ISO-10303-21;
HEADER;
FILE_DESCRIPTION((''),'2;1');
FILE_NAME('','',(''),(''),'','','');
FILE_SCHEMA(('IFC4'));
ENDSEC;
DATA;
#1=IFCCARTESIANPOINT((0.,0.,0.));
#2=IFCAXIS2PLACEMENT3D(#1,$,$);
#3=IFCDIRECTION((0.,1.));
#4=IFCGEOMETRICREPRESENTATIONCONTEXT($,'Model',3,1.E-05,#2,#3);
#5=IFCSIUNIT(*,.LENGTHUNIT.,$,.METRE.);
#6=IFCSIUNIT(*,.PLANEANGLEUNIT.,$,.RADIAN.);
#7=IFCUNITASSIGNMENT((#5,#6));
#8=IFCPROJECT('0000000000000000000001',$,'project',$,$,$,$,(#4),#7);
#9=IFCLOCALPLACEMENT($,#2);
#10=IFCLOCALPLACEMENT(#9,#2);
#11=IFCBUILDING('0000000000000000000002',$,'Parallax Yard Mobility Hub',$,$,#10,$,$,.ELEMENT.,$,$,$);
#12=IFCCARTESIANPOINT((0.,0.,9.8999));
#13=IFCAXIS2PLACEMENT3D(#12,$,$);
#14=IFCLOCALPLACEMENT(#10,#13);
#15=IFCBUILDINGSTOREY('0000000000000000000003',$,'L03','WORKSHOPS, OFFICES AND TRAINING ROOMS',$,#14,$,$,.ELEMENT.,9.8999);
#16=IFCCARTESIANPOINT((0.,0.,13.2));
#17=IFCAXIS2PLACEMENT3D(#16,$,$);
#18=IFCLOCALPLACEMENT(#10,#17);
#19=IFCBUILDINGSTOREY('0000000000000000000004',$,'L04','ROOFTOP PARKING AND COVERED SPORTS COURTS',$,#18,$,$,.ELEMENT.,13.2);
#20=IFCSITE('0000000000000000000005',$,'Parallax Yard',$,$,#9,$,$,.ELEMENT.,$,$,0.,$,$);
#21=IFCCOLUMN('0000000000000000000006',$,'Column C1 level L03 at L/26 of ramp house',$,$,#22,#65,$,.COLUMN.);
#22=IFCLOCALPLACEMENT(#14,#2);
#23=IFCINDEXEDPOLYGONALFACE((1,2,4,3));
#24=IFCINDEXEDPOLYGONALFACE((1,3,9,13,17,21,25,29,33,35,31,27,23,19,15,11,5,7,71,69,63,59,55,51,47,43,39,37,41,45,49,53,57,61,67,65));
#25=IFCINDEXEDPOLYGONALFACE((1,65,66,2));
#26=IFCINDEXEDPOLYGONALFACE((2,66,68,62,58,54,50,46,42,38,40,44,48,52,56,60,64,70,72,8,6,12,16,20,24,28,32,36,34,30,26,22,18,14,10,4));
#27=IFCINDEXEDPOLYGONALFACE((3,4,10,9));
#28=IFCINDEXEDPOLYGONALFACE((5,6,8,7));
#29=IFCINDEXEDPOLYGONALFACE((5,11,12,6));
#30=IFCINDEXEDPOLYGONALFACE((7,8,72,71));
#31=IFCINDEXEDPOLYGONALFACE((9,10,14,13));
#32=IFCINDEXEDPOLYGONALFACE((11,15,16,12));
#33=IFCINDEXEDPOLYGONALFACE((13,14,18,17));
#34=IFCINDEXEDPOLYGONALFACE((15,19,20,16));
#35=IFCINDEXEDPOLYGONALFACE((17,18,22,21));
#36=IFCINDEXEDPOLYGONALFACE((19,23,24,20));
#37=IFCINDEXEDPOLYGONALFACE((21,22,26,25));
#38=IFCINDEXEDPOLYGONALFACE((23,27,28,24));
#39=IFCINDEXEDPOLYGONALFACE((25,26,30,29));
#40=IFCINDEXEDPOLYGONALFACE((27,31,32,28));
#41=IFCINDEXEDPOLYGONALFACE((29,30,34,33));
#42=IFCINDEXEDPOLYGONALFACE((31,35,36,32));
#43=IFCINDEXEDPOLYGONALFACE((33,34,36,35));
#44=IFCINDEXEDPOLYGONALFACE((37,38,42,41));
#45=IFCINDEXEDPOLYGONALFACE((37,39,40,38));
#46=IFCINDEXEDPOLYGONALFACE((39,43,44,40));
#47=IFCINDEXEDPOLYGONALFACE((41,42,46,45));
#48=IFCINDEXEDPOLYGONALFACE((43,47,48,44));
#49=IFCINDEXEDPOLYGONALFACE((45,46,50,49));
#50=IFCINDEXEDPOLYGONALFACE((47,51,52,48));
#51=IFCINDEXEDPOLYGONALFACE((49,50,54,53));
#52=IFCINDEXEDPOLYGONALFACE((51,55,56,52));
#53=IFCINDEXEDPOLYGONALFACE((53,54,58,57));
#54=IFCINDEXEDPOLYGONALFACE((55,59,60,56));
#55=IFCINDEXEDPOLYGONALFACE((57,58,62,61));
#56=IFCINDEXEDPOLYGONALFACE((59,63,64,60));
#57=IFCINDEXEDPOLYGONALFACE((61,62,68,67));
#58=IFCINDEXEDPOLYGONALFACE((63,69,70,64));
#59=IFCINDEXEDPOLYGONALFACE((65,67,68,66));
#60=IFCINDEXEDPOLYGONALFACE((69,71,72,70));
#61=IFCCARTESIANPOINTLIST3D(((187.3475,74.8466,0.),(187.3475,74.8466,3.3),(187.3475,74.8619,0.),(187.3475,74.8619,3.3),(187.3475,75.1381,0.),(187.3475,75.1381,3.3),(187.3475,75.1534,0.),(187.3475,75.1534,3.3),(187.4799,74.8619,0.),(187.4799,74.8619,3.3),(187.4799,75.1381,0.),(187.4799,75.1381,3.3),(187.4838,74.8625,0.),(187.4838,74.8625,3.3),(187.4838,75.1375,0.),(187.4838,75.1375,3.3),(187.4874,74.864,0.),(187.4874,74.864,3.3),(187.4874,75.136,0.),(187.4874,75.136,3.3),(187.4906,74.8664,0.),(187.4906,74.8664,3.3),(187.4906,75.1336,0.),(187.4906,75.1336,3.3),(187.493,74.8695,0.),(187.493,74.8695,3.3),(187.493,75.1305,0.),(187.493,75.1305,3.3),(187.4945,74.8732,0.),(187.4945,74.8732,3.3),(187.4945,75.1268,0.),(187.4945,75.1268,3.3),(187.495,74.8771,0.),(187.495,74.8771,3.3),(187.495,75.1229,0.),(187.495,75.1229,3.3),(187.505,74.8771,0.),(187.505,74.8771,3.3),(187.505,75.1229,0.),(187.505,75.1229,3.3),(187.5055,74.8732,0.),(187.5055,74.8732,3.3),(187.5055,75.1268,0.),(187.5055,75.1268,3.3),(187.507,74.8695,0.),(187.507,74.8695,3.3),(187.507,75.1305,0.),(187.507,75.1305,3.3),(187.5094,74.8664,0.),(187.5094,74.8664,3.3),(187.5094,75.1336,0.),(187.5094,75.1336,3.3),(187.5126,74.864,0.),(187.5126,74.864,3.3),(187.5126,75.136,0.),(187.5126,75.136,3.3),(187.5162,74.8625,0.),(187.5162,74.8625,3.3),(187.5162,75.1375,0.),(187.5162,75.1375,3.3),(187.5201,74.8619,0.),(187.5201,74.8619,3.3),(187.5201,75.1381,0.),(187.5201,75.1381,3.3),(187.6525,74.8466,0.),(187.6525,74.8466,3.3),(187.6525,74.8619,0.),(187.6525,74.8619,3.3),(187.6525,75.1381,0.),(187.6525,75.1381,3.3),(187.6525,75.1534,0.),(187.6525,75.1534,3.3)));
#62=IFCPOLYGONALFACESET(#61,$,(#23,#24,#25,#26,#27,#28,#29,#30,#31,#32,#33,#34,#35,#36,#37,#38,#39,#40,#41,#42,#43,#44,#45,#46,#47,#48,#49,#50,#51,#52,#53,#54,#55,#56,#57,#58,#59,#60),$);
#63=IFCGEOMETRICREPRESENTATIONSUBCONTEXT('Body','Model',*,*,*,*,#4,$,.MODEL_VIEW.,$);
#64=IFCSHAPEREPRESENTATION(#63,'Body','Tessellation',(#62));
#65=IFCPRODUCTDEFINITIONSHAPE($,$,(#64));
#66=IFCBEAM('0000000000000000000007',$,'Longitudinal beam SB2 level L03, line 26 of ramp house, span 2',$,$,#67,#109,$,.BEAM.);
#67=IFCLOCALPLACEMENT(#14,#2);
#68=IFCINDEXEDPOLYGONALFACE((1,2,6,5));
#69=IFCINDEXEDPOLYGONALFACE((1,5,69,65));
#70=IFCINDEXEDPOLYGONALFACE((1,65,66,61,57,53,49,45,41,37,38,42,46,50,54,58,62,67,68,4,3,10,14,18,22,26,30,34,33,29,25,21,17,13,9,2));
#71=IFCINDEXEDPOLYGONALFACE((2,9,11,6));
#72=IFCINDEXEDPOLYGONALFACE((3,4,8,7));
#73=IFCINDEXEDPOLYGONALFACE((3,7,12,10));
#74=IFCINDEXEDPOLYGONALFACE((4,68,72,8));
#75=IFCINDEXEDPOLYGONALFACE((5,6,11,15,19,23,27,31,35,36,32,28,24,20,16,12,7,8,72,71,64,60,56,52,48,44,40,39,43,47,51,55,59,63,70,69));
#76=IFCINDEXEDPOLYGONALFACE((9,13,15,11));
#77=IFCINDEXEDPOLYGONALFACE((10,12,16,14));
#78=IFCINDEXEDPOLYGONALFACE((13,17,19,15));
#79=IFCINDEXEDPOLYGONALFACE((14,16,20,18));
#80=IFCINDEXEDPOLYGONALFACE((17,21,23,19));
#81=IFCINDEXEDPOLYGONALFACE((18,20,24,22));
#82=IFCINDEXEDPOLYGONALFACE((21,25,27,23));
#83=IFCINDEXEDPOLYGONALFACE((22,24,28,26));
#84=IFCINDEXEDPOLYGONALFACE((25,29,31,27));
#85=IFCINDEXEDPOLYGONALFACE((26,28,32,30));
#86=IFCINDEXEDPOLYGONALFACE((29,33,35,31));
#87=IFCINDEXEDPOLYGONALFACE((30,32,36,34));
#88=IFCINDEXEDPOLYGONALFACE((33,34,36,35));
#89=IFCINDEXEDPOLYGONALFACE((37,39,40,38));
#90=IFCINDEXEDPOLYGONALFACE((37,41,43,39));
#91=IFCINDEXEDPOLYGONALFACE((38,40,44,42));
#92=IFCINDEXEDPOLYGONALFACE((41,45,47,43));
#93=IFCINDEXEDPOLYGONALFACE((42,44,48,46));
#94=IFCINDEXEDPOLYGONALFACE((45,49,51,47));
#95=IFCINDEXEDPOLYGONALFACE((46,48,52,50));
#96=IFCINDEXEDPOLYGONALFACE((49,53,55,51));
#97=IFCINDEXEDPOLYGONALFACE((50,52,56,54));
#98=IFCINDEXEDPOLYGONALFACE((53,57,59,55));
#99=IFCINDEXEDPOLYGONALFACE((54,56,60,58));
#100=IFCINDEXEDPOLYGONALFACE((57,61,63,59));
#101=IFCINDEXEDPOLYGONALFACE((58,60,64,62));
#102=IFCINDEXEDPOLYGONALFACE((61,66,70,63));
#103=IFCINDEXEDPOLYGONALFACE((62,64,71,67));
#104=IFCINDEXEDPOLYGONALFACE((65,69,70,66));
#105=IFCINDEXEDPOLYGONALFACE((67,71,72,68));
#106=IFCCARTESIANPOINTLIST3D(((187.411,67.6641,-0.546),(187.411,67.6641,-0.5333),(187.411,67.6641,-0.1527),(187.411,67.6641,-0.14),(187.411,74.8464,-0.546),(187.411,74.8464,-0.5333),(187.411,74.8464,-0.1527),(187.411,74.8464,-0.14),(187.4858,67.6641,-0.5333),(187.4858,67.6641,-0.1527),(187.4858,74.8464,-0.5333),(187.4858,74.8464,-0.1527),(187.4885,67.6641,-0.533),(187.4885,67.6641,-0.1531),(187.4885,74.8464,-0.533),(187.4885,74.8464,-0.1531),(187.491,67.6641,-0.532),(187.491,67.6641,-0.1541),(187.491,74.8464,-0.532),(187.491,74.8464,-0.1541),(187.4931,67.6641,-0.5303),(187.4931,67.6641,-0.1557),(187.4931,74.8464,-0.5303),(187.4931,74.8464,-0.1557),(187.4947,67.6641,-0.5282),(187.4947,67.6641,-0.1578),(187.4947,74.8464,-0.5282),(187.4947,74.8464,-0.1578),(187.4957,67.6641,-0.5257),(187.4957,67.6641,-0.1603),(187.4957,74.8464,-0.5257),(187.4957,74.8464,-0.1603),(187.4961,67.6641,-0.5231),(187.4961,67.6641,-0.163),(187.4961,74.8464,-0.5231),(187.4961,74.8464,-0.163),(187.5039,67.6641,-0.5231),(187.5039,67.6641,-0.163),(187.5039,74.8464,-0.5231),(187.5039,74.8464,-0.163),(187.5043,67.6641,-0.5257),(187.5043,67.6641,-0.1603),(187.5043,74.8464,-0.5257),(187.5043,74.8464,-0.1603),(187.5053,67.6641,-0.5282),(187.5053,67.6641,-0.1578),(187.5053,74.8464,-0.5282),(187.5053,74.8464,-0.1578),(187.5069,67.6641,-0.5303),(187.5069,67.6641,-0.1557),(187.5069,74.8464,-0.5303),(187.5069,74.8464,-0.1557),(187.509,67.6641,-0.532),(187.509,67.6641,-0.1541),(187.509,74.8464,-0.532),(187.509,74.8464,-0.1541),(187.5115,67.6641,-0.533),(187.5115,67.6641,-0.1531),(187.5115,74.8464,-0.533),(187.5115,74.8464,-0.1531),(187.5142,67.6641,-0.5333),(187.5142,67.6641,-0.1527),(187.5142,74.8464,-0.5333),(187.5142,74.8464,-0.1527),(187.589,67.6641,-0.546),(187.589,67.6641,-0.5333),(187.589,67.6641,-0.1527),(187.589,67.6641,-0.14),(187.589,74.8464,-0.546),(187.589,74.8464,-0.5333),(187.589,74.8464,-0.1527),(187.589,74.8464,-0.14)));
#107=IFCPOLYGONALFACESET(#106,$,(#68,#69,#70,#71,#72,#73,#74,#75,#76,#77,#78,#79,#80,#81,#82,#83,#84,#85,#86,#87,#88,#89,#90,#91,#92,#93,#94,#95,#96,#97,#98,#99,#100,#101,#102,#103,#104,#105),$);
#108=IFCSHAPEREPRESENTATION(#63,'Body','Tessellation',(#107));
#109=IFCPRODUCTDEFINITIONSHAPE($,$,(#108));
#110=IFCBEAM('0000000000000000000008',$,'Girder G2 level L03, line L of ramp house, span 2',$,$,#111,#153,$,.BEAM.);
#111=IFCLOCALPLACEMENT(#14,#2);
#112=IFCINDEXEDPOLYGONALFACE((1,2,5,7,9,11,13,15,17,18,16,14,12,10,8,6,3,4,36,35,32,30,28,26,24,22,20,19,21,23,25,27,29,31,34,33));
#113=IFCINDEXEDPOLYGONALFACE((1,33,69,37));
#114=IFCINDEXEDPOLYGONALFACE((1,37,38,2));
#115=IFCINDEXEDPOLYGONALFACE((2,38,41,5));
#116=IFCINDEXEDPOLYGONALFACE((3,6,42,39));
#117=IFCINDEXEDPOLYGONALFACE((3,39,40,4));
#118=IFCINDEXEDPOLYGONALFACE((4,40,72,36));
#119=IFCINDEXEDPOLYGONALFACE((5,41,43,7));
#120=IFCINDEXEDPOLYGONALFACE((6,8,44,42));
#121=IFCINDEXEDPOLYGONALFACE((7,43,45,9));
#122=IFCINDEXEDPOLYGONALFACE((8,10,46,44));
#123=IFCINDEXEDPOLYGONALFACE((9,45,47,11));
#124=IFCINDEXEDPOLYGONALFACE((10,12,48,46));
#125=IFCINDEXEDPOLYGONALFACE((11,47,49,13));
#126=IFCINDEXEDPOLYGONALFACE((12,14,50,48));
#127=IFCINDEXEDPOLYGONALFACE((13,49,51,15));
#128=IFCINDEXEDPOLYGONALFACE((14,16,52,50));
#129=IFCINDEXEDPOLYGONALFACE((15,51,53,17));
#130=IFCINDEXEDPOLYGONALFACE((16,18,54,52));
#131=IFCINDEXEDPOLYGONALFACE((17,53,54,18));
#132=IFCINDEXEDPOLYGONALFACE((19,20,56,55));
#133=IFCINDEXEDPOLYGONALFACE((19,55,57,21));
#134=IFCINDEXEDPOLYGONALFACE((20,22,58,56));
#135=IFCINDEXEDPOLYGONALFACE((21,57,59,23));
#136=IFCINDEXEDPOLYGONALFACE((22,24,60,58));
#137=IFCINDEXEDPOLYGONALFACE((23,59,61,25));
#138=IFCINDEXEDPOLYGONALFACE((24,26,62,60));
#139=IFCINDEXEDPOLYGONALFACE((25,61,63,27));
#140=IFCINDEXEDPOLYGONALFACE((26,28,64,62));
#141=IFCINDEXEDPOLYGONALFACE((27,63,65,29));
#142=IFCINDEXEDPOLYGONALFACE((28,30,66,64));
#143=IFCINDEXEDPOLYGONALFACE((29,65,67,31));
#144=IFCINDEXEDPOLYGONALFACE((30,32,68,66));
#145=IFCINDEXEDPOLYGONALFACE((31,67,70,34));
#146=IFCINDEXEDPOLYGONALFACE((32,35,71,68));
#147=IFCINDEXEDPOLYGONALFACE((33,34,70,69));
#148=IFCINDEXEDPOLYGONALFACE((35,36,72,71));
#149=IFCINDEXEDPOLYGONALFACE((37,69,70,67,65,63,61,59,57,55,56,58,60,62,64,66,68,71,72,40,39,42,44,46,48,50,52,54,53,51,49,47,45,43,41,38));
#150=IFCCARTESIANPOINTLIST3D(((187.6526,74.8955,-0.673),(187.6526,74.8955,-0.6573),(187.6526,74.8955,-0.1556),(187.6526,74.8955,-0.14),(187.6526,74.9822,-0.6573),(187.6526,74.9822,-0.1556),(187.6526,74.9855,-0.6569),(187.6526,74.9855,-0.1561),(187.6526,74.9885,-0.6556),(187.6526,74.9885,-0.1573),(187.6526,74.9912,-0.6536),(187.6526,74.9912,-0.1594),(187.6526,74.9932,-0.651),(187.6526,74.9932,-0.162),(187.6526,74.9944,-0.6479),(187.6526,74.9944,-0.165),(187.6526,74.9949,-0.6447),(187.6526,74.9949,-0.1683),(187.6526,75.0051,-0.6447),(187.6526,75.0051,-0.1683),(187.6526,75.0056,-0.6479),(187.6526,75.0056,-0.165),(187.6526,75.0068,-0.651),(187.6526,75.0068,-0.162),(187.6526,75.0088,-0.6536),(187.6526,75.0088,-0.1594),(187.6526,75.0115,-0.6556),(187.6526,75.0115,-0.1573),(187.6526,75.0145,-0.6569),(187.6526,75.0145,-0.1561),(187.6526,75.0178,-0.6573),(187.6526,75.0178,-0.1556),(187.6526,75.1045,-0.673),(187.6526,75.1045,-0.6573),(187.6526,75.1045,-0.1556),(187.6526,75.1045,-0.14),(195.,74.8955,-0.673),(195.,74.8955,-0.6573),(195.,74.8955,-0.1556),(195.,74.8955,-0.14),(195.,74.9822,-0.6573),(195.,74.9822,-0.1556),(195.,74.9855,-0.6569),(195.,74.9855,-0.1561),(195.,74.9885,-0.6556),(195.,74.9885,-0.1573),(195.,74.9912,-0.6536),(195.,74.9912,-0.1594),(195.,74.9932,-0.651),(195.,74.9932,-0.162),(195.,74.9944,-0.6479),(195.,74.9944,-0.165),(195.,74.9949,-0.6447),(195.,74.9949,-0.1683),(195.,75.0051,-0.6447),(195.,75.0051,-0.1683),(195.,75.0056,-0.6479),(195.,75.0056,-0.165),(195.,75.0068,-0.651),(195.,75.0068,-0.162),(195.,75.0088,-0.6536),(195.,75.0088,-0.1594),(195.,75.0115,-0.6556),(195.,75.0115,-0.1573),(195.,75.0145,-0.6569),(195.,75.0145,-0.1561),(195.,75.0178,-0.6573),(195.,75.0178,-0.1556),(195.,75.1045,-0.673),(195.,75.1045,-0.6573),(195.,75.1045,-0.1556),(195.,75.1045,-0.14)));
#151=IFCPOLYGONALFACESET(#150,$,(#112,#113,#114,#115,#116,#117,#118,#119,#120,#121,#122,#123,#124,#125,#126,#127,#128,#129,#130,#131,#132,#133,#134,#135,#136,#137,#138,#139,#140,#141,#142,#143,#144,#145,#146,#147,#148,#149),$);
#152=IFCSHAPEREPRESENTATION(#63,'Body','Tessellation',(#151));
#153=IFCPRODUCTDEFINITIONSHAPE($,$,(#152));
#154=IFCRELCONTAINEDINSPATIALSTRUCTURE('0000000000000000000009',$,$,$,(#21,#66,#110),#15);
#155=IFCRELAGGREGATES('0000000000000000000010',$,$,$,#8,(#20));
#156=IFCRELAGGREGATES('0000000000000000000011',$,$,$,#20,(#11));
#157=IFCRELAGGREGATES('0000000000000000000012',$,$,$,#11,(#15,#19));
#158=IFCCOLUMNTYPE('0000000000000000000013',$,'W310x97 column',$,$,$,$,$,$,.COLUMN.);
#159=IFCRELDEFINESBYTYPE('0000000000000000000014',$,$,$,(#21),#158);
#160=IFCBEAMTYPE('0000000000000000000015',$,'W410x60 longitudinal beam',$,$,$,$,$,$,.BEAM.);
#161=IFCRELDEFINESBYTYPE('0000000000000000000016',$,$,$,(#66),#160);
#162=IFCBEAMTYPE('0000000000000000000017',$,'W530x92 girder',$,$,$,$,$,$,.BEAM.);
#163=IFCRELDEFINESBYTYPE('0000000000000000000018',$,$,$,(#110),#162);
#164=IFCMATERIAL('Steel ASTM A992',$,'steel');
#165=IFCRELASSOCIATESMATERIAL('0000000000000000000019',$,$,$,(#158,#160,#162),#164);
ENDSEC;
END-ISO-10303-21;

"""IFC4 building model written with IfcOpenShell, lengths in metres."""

from ifc_helpers import new_model, si_unit, direction, frame, origin, origin_2d, place, context, subcontext, project, spatial, i_section, extrude, material, material_profile, profile_set, type_object, element, save


model = new_model("IFC4")

# Units and contexts
model_context = context("Model", 3, precision=1e-05, world=origin(), true_north=direction((0.0, 1.0)))
body_context = subcontext(model_context, "Body", "Model", "MODEL_VIEW")
ifc_project = project(units=[si_unit("LENGTHUNIT", "METRE"), si_unit("PLANEANGLEUNIT", "RADIAN")], contexts=[model_context])

# Site, building, storey
site_placement = place(None, origin())
site = spatial("IfcSite", under=ifc_project, at=site_placement, Name="Parallax Yard", CompositionType="ELEMENT", RefElevation=0.0)
building_placement = place(site_placement, origin())
building = spatial("IfcBuilding", under=site, at=building_placement, Name="Parallax Yard Mobility Hub", CompositionType="ELEMENT")
storey_1_placement = place(building_placement, frame((0.0, 0.0, 9.8999)))
storey_1 = spatial("IfcBuildingStorey", under=building, at=storey_1_placement, Name="L03", Description="WORKSHOPS, OFFICES AND TRAINING ROOMS", CompositionType="ELEMENT", Elevation=9.8999)

# Column
ifc_material_1 = material(Name="Steel ASTM A992", Category="steel")
ifc_material_profile_1 = material_profile(ifc_material_1, i_section(OverallWidth=0.3049, OverallDepth=0.3069, WebThickness=0.01, FlangeThickness=0.0154, FilletRadius=0.0151, at=origin_2d()), Name="W310x97")
ifc_profile_set_1 = profile_set([ifc_material_profile_1], Name="Steel ASTM A992")
column_type = type_object("IfcColumnType", Name="W310x97 column", PredefinedType="COLUMN", material=ifc_profile_set_1)
column_placement = place(storey_1_placement, frame((187.5, 75.0, 0.0), z_axis=(0.0, 0.0, 1.0), x_axis=(1.0, 0.0, 0.0)))
element("IfcColumn", 1, at=column_placement, inside=storey_1, type_object=column_type, Name="Column C1 level L03 at L/26 of ramp house", PredefinedType="COLUMN", context=body_context, shape_type="SweptSolid", body=[
    extrude(i_section(OverallWidth=0.3049, OverallDepth=0.3069, WebThickness=0.01, FlangeThickness=0.0154, FilletRadius=0.0151, at=origin_2d()), origin(), (0.0, 0.0, 1.0), 3.3),
])

# Beams
ifc_material_profile_2 = material_profile(ifc_material_1, i_section(OverallWidth=0.178, OverallDepth=0.406, WebThickness=0.0078, FlangeThickness=0.0127, FilletRadius=0.0103, at=origin_2d()), Name="W410x60")
ifc_profile_set_2 = profile_set([ifc_material_profile_2], Name="Steel ASTM A992")
beam_type_1 = type_object("IfcBeamType", Name="W410x60 longitudinal beam", PredefinedType="BEAM", material=ifc_profile_set_2)
beam_1_placement = place(storey_1_placement, frame((187.5, 67.6641, -0.343), z_axis=(0.0, 1.0, 0.0), x_axis=(-1.0, 0.0, 0.0)))
element("IfcBeam", 2, at=beam_1_placement, inside=storey_1, type_object=beam_type_1, Name="Longitudinal beam SB2 level L03, line 26 of ramp house, span 2", PredefinedType="BEAM", context=body_context, shape_type="SweptSolid", body=[
    extrude(i_section(OverallWidth=0.178, OverallDepth=0.406, WebThickness=0.0078, FlangeThickness=0.0127, FilletRadius=0.0103, at=origin_2d()), origin(), (0.0, 0.0, 1.0), 7.1824),
])
ifc_material_profile_3 = material_profile(ifc_material_1, i_section(OverallWidth=0.209, OverallDepth=0.533, WebThickness=0.0103, FlangeThickness=0.0156, FilletRadius=0.0127, at=origin_2d()), Name="W530x92")
ifc_profile_set_3 = profile_set([ifc_material_profile_3], Name="Steel ASTM A992")
beam_type_2 = type_object("IfcBeamType", Name="W530x92 girder", PredefinedType="BEAM", material=ifc_profile_set_3)
beam_2_placement = place(storey_1_placement, frame((187.6526, 75.0, -0.4065), z_axis=(1.0, 0.0, 0.0), x_axis=(0.0, 1.0, 0.0)))
element("IfcBeam", 3, at=beam_2_placement, inside=storey_1, type_object=beam_type_2, Name="Girder G2 level L03, line L of ramp house, span 2", PredefinedType="BEAM", context=body_context, shape_type="SweptSolid", body=[
    extrude(i_section(OverallWidth=0.209, OverallDepth=0.533, WebThickness=0.0103, FlangeThickness=0.0156, FilletRadius=0.0127, at=origin_2d()), origin(), (0.0, 0.0, 1.0), 7.3474),
])

# Shared definitions
storey_2_placement = place(building_placement, frame((0.0, 0.0, 13.2)))
storey_2 = spatial("IfcBuildingStorey", under=building, at=storey_2_placement, Name="L04", Description="ROOFTOP PARKING AND COVERED SPORTS COURTS", CompositionType="ELEMENT", Elevation=13.2)

save(model, "model.ifc")
